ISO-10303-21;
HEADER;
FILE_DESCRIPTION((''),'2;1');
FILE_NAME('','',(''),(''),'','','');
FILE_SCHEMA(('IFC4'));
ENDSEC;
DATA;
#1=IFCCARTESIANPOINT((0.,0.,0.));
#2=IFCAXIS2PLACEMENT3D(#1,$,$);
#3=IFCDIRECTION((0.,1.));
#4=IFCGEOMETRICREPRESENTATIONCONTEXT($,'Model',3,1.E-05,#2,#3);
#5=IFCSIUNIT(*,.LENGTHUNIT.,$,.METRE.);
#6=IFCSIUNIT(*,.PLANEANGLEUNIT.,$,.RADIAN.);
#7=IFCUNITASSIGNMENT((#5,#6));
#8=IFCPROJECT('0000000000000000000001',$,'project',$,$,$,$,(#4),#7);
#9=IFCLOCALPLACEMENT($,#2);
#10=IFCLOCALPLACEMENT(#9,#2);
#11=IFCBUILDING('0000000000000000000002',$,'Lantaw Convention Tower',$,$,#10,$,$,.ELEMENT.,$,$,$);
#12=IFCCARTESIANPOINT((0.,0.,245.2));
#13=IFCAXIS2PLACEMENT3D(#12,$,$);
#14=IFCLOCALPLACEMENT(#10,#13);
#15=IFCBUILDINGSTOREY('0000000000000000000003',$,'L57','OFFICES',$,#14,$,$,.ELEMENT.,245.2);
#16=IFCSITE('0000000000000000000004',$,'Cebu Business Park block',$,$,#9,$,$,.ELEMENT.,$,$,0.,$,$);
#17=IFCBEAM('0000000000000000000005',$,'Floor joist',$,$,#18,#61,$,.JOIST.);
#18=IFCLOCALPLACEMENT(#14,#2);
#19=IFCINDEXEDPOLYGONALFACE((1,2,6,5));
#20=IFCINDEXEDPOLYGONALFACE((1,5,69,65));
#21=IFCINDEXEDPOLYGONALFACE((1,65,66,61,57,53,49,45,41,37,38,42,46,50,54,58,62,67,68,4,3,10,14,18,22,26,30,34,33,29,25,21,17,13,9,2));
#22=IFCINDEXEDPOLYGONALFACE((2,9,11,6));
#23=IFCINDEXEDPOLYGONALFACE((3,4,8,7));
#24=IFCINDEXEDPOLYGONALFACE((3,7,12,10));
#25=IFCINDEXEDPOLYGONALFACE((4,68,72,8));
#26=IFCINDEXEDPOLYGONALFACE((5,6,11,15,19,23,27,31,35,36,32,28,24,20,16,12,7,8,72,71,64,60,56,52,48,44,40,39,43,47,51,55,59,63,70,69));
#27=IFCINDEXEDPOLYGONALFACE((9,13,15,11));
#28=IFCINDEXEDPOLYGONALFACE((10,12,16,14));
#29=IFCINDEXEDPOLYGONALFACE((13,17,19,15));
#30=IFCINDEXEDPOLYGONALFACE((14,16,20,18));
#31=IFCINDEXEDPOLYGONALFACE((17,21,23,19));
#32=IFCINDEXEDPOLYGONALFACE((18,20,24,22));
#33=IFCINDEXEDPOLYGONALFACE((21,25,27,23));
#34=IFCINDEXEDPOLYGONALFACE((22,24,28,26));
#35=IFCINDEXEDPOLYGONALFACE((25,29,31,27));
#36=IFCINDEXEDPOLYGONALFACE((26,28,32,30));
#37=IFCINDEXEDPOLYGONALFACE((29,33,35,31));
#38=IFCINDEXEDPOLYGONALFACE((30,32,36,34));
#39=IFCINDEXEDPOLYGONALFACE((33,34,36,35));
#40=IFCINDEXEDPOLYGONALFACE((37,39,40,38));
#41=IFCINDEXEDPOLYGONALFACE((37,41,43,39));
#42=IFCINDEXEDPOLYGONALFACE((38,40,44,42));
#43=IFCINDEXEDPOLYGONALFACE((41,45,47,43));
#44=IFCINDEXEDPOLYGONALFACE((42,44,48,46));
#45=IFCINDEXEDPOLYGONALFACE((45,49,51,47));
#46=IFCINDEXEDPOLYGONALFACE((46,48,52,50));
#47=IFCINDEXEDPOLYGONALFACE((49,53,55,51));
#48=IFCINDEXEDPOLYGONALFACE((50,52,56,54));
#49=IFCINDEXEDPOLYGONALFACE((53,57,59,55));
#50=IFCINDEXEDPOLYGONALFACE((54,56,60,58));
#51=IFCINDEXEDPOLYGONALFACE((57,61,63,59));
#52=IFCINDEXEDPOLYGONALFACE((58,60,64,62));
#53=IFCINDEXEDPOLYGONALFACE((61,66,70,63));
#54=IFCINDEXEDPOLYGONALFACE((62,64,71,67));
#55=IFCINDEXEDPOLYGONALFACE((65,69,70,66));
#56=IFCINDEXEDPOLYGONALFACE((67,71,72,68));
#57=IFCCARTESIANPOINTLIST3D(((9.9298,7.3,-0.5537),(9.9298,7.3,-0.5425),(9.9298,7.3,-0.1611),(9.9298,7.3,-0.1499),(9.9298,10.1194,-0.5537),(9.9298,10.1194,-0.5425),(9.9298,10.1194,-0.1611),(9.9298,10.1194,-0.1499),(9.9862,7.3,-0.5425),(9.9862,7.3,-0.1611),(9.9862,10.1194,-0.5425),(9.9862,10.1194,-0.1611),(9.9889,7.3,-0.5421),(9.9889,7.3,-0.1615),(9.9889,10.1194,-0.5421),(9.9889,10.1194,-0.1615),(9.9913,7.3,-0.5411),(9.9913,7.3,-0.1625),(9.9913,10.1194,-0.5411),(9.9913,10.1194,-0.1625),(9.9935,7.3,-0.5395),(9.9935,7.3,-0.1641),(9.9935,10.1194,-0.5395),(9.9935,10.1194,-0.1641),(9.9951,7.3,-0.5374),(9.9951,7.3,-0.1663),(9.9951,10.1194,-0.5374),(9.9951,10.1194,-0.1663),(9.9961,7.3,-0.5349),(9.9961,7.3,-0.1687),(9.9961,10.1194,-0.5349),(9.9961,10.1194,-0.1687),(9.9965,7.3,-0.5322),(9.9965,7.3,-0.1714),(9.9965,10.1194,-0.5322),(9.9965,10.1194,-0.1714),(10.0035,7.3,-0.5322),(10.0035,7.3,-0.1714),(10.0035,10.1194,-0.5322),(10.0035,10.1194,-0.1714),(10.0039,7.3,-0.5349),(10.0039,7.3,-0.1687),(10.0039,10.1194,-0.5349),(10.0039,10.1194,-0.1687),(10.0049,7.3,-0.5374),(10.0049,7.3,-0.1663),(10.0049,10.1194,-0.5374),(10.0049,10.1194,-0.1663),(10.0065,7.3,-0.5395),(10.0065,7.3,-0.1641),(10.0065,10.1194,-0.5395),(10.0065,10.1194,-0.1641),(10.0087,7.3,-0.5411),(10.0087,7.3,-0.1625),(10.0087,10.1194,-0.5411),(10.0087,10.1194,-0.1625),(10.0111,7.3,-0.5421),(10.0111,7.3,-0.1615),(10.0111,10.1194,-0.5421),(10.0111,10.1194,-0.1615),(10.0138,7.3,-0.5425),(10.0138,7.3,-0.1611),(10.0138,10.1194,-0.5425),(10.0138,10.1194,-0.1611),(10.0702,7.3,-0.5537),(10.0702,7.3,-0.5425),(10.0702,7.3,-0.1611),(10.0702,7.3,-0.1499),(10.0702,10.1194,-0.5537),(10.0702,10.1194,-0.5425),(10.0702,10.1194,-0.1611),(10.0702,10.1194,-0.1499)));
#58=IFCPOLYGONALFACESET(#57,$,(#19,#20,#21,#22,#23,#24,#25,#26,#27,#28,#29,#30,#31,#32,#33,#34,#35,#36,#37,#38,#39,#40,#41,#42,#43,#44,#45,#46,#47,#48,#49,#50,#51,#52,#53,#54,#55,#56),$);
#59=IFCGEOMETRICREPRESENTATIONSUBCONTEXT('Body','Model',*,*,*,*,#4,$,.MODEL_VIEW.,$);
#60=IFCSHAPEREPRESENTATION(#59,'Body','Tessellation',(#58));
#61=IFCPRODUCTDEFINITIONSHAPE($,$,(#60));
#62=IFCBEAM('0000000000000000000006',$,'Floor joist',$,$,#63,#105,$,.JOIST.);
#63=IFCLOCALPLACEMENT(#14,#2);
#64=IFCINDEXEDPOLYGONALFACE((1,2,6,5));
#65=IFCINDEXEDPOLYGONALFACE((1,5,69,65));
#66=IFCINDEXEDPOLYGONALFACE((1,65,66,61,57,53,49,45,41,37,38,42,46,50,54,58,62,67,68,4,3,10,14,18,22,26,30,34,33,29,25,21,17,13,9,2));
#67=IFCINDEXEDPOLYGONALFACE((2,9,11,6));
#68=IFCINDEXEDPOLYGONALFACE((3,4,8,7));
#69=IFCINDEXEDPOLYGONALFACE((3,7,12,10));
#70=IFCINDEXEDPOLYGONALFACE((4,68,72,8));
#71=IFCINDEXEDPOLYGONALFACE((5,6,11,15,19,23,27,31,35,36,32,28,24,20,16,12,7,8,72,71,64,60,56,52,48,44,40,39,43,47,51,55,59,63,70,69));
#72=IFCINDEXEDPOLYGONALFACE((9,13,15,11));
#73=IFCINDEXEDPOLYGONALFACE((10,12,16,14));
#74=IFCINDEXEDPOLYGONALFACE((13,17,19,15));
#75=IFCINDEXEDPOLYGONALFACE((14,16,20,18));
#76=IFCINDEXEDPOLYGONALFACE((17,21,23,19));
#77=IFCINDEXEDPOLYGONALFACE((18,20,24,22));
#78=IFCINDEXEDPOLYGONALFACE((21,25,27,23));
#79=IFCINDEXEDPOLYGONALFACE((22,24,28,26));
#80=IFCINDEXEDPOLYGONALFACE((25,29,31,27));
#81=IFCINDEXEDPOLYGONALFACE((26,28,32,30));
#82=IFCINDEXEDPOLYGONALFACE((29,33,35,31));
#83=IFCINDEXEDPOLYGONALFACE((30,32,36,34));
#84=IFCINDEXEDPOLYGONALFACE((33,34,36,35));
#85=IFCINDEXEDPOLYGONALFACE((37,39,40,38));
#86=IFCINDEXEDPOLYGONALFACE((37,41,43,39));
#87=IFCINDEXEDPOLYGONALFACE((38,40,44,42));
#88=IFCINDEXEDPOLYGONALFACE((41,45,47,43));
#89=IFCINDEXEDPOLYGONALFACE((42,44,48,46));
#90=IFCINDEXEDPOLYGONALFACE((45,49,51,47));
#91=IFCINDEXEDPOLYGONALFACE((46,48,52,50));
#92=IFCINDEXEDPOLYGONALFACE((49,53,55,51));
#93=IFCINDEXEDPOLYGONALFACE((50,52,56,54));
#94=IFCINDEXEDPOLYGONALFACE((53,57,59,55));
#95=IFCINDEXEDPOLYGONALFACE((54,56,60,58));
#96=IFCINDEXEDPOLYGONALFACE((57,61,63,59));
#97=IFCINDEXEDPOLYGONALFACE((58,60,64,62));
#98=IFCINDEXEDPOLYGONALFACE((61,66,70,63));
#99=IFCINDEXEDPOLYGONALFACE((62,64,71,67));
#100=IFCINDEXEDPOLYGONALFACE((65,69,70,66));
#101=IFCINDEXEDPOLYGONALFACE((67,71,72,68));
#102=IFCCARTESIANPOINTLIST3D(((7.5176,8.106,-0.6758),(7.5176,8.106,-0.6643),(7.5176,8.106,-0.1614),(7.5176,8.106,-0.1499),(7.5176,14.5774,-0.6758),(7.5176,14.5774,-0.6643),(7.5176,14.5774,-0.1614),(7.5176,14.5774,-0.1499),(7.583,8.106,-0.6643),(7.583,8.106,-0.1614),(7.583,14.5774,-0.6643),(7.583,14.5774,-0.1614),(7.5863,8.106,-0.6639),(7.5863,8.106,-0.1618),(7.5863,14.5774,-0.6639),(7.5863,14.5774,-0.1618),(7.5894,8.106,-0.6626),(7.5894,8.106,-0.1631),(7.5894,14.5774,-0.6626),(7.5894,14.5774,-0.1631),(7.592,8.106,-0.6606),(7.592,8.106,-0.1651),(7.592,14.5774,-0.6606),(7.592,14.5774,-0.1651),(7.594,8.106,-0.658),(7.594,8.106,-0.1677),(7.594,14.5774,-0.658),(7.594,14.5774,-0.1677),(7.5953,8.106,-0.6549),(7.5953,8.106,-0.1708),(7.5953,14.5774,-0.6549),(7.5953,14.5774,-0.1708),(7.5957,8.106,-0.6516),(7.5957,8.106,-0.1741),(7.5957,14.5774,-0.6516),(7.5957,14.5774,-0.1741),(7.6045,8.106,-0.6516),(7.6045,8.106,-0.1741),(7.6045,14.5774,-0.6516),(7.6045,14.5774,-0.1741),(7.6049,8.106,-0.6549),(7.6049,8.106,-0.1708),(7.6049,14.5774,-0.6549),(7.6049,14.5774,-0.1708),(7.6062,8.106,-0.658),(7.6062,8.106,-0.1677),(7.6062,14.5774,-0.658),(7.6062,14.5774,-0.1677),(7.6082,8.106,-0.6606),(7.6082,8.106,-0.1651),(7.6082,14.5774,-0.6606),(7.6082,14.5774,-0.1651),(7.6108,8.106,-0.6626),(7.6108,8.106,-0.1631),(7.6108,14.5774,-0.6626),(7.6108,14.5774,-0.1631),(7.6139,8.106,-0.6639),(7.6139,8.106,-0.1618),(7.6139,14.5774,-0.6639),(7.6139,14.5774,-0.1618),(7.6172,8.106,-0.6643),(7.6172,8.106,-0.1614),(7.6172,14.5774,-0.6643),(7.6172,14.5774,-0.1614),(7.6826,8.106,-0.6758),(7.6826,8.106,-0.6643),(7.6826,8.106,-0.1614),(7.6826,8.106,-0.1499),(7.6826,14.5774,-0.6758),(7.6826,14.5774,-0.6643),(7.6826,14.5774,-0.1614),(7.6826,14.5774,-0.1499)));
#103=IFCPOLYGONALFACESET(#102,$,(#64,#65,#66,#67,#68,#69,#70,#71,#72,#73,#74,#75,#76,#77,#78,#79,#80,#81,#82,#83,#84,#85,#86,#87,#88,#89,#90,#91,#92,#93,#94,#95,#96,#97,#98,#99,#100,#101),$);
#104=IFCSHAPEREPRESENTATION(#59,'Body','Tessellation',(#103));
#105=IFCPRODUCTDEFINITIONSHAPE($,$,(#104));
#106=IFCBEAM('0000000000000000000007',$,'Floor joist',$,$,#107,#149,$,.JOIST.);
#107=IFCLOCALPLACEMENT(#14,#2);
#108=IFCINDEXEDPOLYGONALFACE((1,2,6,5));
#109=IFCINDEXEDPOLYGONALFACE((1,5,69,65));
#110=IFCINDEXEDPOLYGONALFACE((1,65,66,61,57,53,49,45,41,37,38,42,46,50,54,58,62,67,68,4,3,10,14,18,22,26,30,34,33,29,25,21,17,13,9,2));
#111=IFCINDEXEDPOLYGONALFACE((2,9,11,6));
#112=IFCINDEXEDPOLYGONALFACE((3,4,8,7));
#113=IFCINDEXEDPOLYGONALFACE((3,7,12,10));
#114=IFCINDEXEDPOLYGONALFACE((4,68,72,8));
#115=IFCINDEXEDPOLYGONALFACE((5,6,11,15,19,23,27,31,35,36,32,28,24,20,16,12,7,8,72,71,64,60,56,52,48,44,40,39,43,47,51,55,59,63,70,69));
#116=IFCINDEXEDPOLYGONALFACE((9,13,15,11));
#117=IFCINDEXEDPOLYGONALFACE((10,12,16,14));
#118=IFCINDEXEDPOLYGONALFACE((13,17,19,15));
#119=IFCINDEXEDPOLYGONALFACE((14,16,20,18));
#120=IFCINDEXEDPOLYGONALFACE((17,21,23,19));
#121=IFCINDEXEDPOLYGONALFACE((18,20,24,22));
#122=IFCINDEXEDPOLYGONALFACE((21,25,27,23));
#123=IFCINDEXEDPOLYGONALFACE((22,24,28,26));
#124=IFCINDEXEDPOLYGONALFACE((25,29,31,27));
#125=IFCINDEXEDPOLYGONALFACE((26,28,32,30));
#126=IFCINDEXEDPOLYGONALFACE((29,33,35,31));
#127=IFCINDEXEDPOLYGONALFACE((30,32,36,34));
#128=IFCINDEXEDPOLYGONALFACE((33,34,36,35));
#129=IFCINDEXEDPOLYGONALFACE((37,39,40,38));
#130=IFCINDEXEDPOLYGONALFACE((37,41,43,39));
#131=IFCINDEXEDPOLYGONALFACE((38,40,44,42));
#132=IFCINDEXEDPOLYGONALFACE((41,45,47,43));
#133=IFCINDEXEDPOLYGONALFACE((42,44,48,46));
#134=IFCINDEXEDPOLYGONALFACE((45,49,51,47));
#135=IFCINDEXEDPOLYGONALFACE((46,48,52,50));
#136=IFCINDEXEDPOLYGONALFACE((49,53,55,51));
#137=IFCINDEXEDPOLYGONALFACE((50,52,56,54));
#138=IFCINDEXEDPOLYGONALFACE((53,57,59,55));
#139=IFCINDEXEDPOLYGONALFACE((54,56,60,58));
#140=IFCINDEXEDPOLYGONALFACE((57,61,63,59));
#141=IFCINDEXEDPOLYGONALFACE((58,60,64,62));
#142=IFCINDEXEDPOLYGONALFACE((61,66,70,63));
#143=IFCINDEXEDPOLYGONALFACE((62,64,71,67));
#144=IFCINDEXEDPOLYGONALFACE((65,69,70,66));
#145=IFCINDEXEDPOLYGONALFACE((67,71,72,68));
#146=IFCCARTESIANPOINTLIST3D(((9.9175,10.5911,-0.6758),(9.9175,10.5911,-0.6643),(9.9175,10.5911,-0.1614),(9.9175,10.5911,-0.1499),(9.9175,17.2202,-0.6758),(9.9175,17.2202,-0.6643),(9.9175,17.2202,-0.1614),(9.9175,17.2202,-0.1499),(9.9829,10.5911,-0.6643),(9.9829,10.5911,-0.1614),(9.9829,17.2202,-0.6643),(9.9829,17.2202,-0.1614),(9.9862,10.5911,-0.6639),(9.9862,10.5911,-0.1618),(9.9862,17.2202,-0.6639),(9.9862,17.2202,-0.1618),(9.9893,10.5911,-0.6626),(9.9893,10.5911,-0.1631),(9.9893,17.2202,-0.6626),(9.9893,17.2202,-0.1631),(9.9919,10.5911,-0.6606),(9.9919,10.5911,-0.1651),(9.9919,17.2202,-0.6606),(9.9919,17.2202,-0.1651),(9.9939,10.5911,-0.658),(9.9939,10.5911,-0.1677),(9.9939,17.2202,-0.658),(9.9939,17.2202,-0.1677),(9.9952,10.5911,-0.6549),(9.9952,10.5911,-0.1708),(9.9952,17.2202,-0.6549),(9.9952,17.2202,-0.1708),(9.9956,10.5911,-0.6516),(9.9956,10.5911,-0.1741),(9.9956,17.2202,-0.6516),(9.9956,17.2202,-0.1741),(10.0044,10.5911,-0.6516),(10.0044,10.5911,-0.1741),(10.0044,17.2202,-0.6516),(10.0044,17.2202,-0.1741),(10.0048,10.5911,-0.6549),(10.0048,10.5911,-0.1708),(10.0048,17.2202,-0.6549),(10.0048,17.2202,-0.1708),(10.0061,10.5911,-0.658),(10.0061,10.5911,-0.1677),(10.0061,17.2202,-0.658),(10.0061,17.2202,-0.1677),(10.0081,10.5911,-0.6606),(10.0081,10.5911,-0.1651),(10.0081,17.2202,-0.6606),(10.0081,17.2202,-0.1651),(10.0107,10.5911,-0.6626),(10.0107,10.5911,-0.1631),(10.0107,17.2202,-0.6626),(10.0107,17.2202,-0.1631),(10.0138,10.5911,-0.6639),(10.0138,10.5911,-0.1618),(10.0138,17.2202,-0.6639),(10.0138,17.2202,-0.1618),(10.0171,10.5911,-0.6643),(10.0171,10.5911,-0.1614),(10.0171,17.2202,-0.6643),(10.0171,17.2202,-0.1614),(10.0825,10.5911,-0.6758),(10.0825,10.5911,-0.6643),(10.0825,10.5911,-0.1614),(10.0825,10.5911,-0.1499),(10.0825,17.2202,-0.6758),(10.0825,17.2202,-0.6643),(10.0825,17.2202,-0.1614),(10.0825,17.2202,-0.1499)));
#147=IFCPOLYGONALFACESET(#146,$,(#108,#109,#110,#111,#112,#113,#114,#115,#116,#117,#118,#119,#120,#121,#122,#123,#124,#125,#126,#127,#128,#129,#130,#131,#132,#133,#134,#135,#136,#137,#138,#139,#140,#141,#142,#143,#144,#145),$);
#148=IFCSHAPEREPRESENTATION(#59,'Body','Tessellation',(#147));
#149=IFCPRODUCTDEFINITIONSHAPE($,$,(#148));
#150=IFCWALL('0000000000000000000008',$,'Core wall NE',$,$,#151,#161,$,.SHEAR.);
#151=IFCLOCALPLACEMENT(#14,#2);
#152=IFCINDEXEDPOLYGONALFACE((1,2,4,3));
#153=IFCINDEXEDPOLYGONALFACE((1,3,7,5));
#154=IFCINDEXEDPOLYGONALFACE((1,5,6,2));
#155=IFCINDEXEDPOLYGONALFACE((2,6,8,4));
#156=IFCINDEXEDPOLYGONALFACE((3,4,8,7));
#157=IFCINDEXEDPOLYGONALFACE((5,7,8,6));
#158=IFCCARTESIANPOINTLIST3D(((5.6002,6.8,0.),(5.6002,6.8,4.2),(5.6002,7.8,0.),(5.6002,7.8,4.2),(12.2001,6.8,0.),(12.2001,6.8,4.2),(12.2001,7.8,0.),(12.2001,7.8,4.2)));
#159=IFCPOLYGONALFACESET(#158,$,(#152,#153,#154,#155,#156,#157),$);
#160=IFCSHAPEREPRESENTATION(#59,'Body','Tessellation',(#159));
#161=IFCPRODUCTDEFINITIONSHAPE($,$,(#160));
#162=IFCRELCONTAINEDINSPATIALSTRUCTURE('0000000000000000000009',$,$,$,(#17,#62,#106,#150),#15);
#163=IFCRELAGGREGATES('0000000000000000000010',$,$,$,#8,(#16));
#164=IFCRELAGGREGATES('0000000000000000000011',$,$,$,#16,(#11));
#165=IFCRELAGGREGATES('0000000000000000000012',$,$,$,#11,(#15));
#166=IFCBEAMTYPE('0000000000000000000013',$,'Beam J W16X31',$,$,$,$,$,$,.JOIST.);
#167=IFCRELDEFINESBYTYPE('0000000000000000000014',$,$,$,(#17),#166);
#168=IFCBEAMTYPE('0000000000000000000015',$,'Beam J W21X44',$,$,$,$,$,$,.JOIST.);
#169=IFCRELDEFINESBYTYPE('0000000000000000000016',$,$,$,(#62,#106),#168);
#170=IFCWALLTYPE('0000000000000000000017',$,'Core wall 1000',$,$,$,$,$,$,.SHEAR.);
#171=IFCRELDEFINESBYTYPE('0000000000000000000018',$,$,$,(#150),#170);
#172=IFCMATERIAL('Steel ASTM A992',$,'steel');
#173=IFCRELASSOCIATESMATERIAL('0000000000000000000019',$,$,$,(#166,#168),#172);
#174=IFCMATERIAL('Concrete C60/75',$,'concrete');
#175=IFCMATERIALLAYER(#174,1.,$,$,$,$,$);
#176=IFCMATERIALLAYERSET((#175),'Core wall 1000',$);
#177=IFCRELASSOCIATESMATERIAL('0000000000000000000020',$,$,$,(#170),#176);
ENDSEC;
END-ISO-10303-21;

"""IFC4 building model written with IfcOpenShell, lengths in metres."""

from ifc_helpers import new_model, si_unit, direction, frame, frame_2d, origin, origin_2d, place, context, subcontext, project, spatial, rectangle, i_section, extrude, material, layer, layer_set, material_profile, profile_set, type_object, element, save


model = new_model("IFC4")

# Units and contexts
model_context = context("Model", 3, precision=1e-05, world=origin(), true_north=direction((0.0, 1.0)))
body_context = subcontext(model_context, "Body", "Model", "MODEL_VIEW")
ifc_project = project(units=[si_unit("LENGTHUNIT", "METRE"), si_unit("PLANEANGLEUNIT", "RADIAN")], contexts=[model_context])

# Site, building, storey
site_placement = place(None, origin())
site = spatial("IfcSite", under=ifc_project, at=site_placement, Name="Cebu Business Park block", CompositionType="ELEMENT", RefElevation=0.0)
building_placement = place(site_placement, origin())
building = spatial("IfcBuilding", under=site, at=building_placement, Name="Lantaw Convention Tower", CompositionType="ELEMENT")
storey_placement = place(building_placement, frame((0.0, 0.0, 245.2)))
storey = spatial("IfcBuildingStorey", under=building, at=storey_placement, Name="L57", Description="OFFICES", CompositionType="ELEMENT", Elevation=245.2)

# Beams
ifc_material_1 = material(Name="Steel ASTM A992", Category="steel")
ifc_material_profile_1 = material_profile(ifc_material_1, i_section(OverallWidth=0.1404, OverallDepth=0.4038, WebThickness=0.0071, FlangeThickness=0.0112, FilletRadius=0.0103, at=origin_2d()), Name="W16X31")
ifc_profile_set_1 = profile_set([ifc_material_profile_1], Name="Steel ASTM A992")
beam_type_1 = type_object("IfcBeamType", Name="Beam J W16X31", PredefinedType="JOIST", material=ifc_profile_set_1)
beam_1_placement = place(storey_placement, frame((10.0, 7.3, -0.3518), z_axis=(0.0, 1.0, 0.0), x_axis=(-1.0, 0.0, 0.0)))
element("IfcBeam", 1, at=beam_1_placement, inside=storey, type_object=beam_type_1, Name="Floor joist", PredefinedType="JOIST", context=body_context, shape_type="SweptSolid", body=[
    extrude(i_section(OverallWidth=0.1404, OverallDepth=0.4038, WebThickness=0.0071, FlangeThickness=0.0112, FilletRadius=0.0103, at=origin_2d()), origin(), (0.0, 0.0, 1.0), 2.8193),
])
ifc_material_profile_2 = material_profile(ifc_material_1, i_section(OverallWidth=0.165, OverallDepth=0.5259, WebThickness=0.0088, FlangeThickness=0.0115, FilletRadius=0.0127, at=origin_2d()), Name="W21X44")
ifc_profile_set_2 = profile_set([ifc_material_profile_2], Name="Steel ASTM A992")
beam_type_2 = type_object("IfcBeamType", Name="Beam J W21X44", PredefinedType="JOIST", material=ifc_profile_set_2)
beam_2_placement = place(storey_placement, frame((7.6001, 8.106, -0.4128), z_axis=(0.0, 1.0, 0.0), x_axis=(-1.0, 0.0, 0.0)))
element("IfcBeam", 2, at=beam_2_placement, inside=storey, type_object=beam_type_2, Name="Floor joist", PredefinedType="JOIST", context=body_context, shape_type="SweptSolid", body=[
    extrude(i_section(OverallWidth=0.165, OverallDepth=0.5259, WebThickness=0.0088, FlangeThickness=0.0115, FilletRadius=0.0127, at=origin_2d()), origin(), (0.0, 0.0, 1.0), 6.4714),
])
beam_3_placement = place(storey_placement, frame((10.0, 10.5911, -0.4128), z_axis=(0.0, 1.0, 0.0), x_axis=(-1.0, 0.0, 0.0)))
element("IfcBeam", 3, at=beam_3_placement, inside=storey, type_object=beam_type_2, Name="Floor joist", PredefinedType="JOIST", context=body_context, shape_type="SweptSolid", body=[
    extrude(i_section(OverallWidth=0.165, OverallDepth=0.5259, WebThickness=0.0088, FlangeThickness=0.0115, FilletRadius=0.0127, at=origin_2d()), origin(), (0.0, 0.0, 1.0), 6.6292),
])

# Wall
ifc_material_2 = material(Name="Concrete C60/75", Category="concrete")
ifc_layer_1 = layer(ifc_material_2, 1.0)
ifc_layer_set_1 = layer_set([ifc_layer_1], Name="Core wall 1000")
wall_type_1 = type_object("IfcWallType", Name="Core wall 1000", PredefinedType="SHEAR", material=ifc_layer_set_1)
wall_1_placement = place(storey_placement, frame((12.2, 7.3, 0.0), z_axis=(0.0, 0.0, 1.0), x_axis=(-1.0, 0.0, 0.0)))
element("IfcWall", 4, at=wall_1_placement, inside=storey, type_object=wall_type_1, Name="Core wall NE", PredefinedType="SHEAR", context=body_context, shape_type="SweptSolid", body=[
    extrude(rectangle(XDim=6.5999, YDim=1.0, at=frame_2d((3.2998, 0.0))), origin(), (0.0, 0.0, 1.0), 4.2),
])

save(model, "model.ifc")
